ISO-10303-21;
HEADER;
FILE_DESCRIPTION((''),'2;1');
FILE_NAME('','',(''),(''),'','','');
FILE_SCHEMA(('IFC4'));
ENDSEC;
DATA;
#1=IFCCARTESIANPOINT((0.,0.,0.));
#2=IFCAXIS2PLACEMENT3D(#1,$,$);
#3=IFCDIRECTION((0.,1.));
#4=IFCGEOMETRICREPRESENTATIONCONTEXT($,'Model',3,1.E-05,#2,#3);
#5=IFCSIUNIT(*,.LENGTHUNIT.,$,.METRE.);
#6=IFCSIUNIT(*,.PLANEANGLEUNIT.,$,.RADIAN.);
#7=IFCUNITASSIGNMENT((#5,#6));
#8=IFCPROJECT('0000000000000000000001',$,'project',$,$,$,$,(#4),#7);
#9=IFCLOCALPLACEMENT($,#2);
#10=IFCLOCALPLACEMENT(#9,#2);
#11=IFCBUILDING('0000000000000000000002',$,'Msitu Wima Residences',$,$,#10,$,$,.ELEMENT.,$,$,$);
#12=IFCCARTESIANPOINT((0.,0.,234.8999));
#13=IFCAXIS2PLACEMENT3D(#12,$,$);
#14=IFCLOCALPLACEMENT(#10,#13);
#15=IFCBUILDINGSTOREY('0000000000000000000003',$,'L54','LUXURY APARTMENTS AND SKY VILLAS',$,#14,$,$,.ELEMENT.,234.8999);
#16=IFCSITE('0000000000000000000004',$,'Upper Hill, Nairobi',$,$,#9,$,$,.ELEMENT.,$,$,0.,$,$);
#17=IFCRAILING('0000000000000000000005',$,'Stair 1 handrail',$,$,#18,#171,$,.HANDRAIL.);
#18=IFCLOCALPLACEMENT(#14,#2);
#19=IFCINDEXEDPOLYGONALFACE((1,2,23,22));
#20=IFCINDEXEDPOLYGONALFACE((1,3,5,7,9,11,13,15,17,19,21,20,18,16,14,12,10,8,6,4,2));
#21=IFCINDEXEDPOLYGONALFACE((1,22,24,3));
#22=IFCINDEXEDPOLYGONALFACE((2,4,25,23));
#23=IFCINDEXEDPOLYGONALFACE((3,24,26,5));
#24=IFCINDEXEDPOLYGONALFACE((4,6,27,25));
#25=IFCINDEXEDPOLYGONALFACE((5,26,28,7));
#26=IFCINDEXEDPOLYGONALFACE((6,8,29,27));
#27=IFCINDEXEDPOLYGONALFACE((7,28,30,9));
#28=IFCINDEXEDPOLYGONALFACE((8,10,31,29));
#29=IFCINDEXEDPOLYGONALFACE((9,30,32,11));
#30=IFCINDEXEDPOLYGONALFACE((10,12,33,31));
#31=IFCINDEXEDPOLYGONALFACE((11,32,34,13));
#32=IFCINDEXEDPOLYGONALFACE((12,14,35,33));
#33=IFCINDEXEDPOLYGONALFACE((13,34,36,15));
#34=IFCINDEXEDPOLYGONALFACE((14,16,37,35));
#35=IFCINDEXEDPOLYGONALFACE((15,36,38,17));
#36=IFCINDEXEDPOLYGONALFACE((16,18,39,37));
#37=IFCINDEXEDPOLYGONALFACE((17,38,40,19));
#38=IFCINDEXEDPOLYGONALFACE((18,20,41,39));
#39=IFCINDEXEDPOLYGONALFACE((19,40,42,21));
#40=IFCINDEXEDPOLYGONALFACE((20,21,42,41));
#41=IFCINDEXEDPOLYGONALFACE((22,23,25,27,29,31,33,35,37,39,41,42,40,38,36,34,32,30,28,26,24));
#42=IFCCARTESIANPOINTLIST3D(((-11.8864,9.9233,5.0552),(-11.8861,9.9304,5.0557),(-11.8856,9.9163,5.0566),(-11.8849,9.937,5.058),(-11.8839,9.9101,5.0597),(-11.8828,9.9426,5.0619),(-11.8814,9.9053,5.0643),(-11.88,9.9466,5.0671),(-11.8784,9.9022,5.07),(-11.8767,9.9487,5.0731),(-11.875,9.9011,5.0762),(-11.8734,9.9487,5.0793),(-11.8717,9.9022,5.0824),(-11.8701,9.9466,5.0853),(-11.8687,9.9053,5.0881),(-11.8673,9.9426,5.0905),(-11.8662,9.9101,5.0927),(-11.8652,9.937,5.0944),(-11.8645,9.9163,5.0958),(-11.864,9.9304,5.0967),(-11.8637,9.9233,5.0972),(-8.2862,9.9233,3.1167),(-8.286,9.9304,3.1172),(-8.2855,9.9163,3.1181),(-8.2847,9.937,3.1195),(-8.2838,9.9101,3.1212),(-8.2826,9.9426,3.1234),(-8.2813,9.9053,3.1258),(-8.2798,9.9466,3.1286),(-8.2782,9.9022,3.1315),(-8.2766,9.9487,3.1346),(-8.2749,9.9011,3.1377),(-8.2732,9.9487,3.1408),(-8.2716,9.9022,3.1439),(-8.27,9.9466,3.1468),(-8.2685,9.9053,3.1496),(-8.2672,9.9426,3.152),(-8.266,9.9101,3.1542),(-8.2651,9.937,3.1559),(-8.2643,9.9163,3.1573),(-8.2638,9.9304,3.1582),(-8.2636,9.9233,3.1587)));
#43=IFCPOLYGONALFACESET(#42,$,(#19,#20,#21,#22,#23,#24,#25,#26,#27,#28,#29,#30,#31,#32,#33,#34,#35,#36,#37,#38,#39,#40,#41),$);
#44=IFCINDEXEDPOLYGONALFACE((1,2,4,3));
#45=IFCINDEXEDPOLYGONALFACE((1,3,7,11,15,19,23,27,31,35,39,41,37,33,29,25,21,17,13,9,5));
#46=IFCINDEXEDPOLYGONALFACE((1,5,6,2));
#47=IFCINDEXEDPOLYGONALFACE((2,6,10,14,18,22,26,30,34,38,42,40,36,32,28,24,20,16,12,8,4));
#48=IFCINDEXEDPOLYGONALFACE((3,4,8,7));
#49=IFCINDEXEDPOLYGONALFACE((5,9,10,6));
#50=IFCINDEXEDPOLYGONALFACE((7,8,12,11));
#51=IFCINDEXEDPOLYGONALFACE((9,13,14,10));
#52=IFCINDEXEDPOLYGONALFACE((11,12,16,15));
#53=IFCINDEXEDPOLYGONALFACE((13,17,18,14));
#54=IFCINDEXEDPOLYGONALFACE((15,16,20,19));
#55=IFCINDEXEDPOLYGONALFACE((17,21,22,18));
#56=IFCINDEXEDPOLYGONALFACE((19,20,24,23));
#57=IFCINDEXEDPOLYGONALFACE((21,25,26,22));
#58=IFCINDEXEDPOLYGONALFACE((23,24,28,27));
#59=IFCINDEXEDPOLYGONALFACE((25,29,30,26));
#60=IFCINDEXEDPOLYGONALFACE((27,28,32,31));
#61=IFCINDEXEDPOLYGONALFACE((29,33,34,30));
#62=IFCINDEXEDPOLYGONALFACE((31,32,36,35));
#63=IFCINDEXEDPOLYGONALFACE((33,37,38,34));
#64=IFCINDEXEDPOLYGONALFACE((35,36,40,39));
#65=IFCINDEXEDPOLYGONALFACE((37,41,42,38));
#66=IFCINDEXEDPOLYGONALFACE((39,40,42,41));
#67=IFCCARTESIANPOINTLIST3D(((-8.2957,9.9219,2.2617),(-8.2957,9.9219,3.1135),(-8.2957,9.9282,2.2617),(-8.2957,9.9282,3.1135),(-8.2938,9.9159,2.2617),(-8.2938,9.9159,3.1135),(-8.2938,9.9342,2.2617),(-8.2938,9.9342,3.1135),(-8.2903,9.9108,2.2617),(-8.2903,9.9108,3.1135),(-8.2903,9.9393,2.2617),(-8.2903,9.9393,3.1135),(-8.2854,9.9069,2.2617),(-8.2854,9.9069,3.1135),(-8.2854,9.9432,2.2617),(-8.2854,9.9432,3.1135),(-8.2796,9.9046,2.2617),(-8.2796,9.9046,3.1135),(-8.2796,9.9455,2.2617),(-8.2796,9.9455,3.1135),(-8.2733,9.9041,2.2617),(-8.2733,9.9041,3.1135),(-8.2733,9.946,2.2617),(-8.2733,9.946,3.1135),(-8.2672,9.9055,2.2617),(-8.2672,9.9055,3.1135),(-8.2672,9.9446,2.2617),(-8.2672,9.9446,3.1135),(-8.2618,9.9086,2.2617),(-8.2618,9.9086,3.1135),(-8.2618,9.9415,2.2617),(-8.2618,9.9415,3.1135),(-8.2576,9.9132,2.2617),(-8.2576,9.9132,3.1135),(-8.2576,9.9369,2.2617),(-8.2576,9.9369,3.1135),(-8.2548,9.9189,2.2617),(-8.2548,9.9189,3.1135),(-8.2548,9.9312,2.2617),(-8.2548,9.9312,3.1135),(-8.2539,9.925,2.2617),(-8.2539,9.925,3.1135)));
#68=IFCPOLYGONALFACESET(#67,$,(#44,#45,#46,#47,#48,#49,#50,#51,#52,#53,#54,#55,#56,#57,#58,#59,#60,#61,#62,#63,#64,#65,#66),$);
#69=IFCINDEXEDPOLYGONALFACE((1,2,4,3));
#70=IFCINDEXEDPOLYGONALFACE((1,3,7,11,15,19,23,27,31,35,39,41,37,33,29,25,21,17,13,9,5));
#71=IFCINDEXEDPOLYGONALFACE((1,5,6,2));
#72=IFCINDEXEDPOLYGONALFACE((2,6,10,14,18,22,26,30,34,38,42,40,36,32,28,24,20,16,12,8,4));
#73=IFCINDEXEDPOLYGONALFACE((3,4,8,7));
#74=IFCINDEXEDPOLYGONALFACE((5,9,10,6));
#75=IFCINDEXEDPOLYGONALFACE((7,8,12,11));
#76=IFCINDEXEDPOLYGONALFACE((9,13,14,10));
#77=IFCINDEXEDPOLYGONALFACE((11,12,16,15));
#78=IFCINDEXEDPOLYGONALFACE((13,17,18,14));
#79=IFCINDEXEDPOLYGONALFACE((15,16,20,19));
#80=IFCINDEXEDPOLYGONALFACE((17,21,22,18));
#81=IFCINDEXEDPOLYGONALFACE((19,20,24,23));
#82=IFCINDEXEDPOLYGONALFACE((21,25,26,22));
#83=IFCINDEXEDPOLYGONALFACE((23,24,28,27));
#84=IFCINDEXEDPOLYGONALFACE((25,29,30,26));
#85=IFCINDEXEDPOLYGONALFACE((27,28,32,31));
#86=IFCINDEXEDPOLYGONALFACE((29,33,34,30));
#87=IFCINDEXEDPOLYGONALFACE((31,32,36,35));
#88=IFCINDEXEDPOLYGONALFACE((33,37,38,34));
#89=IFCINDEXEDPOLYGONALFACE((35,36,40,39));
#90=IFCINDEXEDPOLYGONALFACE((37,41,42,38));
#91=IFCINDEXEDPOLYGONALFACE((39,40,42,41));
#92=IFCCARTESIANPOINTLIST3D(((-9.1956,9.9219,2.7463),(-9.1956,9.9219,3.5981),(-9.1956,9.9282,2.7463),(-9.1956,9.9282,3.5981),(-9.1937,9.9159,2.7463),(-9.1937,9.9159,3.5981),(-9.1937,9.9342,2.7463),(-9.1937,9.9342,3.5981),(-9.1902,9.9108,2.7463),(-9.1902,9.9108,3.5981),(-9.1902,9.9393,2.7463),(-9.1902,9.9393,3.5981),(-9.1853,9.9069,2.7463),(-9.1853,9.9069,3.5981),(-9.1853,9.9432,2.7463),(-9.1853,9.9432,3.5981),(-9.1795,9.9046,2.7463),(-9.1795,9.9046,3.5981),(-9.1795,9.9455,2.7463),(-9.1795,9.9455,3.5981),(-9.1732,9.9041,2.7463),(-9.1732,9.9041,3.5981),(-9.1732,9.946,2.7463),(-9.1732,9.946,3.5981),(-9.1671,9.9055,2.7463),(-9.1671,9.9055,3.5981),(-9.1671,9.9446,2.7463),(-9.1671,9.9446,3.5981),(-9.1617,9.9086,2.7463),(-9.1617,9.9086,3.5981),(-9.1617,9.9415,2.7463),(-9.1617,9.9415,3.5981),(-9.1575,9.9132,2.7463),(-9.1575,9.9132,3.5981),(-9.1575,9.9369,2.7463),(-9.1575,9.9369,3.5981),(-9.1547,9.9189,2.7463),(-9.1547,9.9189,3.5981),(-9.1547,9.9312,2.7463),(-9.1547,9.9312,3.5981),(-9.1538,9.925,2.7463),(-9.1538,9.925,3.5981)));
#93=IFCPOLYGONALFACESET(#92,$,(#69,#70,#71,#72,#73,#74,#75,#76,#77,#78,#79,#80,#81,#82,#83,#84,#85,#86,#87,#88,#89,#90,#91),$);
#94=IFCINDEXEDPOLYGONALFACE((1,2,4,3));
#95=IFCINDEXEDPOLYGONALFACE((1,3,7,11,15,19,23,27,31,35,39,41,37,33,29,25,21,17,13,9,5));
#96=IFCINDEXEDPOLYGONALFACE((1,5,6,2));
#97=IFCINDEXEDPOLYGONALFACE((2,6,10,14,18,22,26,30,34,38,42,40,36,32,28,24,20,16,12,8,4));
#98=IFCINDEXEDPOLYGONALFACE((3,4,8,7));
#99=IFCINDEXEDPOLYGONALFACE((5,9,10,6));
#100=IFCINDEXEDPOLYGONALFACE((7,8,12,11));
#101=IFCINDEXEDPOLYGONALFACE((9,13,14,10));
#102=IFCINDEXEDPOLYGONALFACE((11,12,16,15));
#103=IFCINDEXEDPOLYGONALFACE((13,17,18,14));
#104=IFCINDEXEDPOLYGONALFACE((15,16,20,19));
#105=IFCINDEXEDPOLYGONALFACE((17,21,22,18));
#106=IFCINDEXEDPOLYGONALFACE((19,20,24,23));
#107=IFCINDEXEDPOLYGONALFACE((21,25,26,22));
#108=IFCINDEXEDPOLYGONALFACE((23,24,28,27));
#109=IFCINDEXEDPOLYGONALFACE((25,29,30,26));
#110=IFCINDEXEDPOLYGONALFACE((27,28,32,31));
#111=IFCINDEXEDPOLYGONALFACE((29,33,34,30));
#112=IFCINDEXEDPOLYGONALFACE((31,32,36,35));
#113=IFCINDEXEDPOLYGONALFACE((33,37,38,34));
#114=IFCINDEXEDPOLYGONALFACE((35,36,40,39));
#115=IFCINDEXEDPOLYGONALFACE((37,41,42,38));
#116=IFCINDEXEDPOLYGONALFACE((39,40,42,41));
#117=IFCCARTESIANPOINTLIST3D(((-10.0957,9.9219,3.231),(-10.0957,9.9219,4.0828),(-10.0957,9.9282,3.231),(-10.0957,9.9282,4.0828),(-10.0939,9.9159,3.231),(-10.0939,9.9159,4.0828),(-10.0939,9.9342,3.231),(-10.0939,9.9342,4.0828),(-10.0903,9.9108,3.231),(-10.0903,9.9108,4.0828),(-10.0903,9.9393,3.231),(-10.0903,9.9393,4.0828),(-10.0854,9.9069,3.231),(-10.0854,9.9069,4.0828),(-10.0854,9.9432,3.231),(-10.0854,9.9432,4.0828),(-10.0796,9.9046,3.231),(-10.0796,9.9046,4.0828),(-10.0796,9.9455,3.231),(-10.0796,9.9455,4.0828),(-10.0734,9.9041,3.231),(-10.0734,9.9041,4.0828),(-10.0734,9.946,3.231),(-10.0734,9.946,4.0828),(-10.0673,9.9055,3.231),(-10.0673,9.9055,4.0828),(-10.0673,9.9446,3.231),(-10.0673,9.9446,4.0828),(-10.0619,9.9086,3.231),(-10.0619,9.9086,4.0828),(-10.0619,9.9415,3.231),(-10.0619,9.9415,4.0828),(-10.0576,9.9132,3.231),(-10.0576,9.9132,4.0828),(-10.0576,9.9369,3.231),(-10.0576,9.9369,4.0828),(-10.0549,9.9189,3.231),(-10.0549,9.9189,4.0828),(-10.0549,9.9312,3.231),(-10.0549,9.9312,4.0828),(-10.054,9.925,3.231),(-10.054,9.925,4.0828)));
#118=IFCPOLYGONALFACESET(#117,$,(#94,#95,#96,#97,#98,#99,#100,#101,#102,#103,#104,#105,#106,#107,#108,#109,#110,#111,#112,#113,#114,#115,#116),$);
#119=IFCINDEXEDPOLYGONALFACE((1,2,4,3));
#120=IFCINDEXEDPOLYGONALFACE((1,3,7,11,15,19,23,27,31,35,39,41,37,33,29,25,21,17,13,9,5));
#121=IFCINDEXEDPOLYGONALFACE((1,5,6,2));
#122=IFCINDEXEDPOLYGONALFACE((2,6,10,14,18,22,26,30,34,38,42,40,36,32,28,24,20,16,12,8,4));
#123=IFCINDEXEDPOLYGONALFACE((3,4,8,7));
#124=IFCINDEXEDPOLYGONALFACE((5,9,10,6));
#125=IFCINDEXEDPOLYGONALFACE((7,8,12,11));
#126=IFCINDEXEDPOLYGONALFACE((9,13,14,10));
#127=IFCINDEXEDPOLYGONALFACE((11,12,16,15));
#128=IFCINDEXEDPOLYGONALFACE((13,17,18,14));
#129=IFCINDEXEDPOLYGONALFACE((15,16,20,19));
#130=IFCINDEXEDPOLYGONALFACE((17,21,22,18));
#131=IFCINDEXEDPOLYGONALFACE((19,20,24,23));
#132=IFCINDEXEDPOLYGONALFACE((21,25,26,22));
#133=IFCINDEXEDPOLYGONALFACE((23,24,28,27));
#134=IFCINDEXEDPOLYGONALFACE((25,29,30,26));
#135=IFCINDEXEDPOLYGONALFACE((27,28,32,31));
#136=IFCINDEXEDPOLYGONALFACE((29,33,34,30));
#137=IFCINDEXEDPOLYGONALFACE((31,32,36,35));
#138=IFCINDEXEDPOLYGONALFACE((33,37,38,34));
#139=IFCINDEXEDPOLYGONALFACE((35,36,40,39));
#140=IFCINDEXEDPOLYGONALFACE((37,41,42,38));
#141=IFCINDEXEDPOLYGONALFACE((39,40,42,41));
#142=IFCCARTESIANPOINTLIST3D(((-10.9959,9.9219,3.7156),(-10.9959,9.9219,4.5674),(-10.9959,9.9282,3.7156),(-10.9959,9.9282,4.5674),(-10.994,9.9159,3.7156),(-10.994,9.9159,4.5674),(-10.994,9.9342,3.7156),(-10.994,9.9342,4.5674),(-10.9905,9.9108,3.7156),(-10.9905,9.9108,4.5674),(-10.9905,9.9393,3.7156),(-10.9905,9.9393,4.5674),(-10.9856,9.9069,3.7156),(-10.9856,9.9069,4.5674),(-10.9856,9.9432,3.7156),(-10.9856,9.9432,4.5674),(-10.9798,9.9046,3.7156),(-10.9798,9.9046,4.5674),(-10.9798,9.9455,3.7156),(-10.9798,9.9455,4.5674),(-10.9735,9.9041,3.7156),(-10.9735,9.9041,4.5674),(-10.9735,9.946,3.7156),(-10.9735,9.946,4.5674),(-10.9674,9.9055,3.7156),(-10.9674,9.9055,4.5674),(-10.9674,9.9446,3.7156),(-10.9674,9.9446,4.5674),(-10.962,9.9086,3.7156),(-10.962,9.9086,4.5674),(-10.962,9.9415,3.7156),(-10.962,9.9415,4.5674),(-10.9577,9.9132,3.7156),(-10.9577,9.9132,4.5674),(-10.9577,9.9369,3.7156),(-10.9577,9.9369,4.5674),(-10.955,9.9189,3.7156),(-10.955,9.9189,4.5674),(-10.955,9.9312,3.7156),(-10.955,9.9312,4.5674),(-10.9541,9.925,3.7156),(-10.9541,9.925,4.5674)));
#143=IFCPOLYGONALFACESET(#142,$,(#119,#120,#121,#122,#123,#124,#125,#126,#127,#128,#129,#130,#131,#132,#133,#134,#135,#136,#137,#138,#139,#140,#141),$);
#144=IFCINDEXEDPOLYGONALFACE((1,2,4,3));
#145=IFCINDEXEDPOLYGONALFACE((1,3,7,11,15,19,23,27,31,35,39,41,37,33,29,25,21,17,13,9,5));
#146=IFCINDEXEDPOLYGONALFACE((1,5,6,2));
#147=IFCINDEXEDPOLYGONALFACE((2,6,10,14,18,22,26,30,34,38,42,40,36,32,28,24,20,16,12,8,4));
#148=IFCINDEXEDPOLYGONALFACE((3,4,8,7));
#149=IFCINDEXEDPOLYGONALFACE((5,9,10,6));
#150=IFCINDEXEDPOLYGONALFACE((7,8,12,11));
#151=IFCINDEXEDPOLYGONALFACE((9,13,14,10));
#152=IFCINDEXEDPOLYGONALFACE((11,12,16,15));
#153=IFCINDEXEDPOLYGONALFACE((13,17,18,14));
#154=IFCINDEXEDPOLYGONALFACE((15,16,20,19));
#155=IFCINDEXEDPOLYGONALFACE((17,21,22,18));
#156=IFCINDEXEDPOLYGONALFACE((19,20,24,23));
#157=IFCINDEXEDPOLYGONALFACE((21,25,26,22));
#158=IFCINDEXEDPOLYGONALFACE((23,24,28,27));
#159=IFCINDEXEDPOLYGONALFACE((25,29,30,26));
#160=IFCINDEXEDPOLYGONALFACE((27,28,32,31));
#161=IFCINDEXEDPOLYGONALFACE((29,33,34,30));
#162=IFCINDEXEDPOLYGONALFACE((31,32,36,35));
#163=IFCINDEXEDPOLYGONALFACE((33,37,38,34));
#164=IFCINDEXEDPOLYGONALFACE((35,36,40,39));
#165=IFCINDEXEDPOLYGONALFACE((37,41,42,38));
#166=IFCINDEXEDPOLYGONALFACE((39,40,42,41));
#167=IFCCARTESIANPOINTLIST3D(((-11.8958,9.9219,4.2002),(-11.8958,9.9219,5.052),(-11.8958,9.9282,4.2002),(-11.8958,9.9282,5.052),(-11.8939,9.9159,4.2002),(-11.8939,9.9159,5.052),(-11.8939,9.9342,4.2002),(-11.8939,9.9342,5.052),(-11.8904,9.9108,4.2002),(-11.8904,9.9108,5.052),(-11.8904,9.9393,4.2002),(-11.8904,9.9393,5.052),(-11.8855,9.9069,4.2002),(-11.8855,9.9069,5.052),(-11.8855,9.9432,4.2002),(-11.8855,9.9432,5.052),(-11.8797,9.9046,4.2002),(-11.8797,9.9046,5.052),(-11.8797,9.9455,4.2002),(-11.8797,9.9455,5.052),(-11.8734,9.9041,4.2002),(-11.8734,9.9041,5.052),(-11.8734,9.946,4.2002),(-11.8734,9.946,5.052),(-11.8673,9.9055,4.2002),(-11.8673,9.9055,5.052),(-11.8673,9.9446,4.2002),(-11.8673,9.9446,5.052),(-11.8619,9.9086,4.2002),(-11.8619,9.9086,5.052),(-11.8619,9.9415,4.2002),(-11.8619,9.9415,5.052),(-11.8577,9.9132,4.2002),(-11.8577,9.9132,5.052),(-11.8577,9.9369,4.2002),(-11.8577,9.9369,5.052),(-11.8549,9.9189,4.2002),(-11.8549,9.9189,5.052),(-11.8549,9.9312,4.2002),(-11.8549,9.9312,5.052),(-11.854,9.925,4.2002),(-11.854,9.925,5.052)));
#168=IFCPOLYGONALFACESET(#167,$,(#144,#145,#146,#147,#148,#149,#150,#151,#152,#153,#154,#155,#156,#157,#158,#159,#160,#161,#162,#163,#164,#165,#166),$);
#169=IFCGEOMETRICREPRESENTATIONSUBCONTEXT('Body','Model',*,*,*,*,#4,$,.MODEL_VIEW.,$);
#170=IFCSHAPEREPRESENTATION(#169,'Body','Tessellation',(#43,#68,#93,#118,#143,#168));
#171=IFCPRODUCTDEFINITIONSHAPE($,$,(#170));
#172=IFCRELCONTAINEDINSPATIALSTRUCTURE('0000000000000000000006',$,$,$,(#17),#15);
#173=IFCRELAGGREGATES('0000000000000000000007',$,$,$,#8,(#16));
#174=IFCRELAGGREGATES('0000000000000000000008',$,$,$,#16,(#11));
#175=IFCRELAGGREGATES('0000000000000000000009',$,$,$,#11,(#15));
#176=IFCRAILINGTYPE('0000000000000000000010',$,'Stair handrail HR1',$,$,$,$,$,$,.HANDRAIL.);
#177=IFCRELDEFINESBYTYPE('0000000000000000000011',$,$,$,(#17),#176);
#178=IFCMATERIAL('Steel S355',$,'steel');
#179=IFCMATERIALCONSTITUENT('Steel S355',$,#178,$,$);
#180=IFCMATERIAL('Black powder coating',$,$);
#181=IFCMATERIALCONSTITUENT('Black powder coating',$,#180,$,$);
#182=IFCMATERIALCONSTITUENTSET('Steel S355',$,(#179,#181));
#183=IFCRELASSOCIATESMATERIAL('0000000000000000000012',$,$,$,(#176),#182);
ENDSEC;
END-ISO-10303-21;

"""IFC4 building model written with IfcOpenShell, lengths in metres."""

from ifc_helpers import new_model, si_unit, direction, frame, origin, origin_2d, place, context, subcontext, project, spatial, circle, extrude, material, constituent, constituent_set, type_object, element, save


model = new_model("IFC4")

# Units and contexts
model_context = context("Model", 3, precision=1e-05, world=origin(), true_north=direction((0.0, 1.0)))
body_context = subcontext(model_context, "Body", "Model", "MODEL_VIEW")
ifc_project = project(units=[si_unit("LENGTHUNIT", "METRE"), si_unit("PLANEANGLEUNIT", "RADIAN")], contexts=[model_context])

# Site, building, storey
site_placement = place(None, origin())
site = spatial("IfcSite", under=ifc_project, at=site_placement, Name="Upper Hill, Nairobi", CompositionType="ELEMENT", RefElevation=0.0)
building_placement = place(site_placement, origin())
building = spatial("IfcBuilding", under=site, at=building_placement, Name="Msitu Wima Residences", CompositionType="ELEMENT")
storey_placement = place(building_placement, frame((0.0, 0.0, 234.8999)))
storey = spatial("IfcBuildingStorey", under=building, at=storey_placement, Name="L54", Description="LUXURY APARTMENTS AND SKY VILLAS", CompositionType="ELEMENT", Elevation=234.8999)

# Railing
ifc_material_1 = material(Name="Steel S355", Category="steel")
ifc_constituent_1 = constituent(ifc_material_1, Name="Steel S355")
ifc_material_2 = material(Name="Black powder coating")
ifc_constituent_2 = constituent(ifc_material_2, Name="Black powder coating")
ifc_constituent_set = constituent_set(constituents=[ifc_constituent_1, ifc_constituent_2], Name="Steel S355")
railing_type = type_object("IfcRailingType", Name="Stair handrail HR1", PredefinedType="HANDRAIL", material=ifc_constituent_set)
for number, where, name in (
    (1, (-8.2749, 9.925, 2.2617), "Stair 1 handrail"),
):
    element("IfcRailing", number, at=place(storey_placement, frame(where)), inside=storey, type_object=railing_type, Name=name, PredefinedType="HANDRAIL", context=body_context, shape_type="SweptSolid", body=[
        extrude(circle(Radius=0.0239, at=origin_2d()), frame((0.0, 0.0, 0.876), z_axis=(-0.880475, 0.0, 0.474093), x_axis=(0.0, -1.0, 0.0)), (0.0, 0.0, 1.0), 4.0889),
        extrude(circle(Radius=0.021, at=origin_2d()), origin(), (0.0, 0.0, 1.0), 0.8518),
        extrude(circle(Radius=0.021, at=origin_2d()), frame((-0.8999, 0.0, 0.4846)), (0.0, 0.0, 1.0), 0.8518),
        extrude(circle(Radius=0.021, at=origin_2d()), frame((-1.8, 0.0, 0.9692)), (0.0, 0.0, 1.0), 0.8518),
        extrude(circle(Radius=0.021, at=origin_2d()), frame((-2.7002, 0.0, 1.4539)), (0.0, 0.0, 1.0), 0.8518),
        extrude(circle(Radius=0.021, at=origin_2d()), frame((-3.6001, 0.0, 1.9385)), (0.0, 0.0, 1.0), 0.8518),
    ])

save(model, "model.ifc")
